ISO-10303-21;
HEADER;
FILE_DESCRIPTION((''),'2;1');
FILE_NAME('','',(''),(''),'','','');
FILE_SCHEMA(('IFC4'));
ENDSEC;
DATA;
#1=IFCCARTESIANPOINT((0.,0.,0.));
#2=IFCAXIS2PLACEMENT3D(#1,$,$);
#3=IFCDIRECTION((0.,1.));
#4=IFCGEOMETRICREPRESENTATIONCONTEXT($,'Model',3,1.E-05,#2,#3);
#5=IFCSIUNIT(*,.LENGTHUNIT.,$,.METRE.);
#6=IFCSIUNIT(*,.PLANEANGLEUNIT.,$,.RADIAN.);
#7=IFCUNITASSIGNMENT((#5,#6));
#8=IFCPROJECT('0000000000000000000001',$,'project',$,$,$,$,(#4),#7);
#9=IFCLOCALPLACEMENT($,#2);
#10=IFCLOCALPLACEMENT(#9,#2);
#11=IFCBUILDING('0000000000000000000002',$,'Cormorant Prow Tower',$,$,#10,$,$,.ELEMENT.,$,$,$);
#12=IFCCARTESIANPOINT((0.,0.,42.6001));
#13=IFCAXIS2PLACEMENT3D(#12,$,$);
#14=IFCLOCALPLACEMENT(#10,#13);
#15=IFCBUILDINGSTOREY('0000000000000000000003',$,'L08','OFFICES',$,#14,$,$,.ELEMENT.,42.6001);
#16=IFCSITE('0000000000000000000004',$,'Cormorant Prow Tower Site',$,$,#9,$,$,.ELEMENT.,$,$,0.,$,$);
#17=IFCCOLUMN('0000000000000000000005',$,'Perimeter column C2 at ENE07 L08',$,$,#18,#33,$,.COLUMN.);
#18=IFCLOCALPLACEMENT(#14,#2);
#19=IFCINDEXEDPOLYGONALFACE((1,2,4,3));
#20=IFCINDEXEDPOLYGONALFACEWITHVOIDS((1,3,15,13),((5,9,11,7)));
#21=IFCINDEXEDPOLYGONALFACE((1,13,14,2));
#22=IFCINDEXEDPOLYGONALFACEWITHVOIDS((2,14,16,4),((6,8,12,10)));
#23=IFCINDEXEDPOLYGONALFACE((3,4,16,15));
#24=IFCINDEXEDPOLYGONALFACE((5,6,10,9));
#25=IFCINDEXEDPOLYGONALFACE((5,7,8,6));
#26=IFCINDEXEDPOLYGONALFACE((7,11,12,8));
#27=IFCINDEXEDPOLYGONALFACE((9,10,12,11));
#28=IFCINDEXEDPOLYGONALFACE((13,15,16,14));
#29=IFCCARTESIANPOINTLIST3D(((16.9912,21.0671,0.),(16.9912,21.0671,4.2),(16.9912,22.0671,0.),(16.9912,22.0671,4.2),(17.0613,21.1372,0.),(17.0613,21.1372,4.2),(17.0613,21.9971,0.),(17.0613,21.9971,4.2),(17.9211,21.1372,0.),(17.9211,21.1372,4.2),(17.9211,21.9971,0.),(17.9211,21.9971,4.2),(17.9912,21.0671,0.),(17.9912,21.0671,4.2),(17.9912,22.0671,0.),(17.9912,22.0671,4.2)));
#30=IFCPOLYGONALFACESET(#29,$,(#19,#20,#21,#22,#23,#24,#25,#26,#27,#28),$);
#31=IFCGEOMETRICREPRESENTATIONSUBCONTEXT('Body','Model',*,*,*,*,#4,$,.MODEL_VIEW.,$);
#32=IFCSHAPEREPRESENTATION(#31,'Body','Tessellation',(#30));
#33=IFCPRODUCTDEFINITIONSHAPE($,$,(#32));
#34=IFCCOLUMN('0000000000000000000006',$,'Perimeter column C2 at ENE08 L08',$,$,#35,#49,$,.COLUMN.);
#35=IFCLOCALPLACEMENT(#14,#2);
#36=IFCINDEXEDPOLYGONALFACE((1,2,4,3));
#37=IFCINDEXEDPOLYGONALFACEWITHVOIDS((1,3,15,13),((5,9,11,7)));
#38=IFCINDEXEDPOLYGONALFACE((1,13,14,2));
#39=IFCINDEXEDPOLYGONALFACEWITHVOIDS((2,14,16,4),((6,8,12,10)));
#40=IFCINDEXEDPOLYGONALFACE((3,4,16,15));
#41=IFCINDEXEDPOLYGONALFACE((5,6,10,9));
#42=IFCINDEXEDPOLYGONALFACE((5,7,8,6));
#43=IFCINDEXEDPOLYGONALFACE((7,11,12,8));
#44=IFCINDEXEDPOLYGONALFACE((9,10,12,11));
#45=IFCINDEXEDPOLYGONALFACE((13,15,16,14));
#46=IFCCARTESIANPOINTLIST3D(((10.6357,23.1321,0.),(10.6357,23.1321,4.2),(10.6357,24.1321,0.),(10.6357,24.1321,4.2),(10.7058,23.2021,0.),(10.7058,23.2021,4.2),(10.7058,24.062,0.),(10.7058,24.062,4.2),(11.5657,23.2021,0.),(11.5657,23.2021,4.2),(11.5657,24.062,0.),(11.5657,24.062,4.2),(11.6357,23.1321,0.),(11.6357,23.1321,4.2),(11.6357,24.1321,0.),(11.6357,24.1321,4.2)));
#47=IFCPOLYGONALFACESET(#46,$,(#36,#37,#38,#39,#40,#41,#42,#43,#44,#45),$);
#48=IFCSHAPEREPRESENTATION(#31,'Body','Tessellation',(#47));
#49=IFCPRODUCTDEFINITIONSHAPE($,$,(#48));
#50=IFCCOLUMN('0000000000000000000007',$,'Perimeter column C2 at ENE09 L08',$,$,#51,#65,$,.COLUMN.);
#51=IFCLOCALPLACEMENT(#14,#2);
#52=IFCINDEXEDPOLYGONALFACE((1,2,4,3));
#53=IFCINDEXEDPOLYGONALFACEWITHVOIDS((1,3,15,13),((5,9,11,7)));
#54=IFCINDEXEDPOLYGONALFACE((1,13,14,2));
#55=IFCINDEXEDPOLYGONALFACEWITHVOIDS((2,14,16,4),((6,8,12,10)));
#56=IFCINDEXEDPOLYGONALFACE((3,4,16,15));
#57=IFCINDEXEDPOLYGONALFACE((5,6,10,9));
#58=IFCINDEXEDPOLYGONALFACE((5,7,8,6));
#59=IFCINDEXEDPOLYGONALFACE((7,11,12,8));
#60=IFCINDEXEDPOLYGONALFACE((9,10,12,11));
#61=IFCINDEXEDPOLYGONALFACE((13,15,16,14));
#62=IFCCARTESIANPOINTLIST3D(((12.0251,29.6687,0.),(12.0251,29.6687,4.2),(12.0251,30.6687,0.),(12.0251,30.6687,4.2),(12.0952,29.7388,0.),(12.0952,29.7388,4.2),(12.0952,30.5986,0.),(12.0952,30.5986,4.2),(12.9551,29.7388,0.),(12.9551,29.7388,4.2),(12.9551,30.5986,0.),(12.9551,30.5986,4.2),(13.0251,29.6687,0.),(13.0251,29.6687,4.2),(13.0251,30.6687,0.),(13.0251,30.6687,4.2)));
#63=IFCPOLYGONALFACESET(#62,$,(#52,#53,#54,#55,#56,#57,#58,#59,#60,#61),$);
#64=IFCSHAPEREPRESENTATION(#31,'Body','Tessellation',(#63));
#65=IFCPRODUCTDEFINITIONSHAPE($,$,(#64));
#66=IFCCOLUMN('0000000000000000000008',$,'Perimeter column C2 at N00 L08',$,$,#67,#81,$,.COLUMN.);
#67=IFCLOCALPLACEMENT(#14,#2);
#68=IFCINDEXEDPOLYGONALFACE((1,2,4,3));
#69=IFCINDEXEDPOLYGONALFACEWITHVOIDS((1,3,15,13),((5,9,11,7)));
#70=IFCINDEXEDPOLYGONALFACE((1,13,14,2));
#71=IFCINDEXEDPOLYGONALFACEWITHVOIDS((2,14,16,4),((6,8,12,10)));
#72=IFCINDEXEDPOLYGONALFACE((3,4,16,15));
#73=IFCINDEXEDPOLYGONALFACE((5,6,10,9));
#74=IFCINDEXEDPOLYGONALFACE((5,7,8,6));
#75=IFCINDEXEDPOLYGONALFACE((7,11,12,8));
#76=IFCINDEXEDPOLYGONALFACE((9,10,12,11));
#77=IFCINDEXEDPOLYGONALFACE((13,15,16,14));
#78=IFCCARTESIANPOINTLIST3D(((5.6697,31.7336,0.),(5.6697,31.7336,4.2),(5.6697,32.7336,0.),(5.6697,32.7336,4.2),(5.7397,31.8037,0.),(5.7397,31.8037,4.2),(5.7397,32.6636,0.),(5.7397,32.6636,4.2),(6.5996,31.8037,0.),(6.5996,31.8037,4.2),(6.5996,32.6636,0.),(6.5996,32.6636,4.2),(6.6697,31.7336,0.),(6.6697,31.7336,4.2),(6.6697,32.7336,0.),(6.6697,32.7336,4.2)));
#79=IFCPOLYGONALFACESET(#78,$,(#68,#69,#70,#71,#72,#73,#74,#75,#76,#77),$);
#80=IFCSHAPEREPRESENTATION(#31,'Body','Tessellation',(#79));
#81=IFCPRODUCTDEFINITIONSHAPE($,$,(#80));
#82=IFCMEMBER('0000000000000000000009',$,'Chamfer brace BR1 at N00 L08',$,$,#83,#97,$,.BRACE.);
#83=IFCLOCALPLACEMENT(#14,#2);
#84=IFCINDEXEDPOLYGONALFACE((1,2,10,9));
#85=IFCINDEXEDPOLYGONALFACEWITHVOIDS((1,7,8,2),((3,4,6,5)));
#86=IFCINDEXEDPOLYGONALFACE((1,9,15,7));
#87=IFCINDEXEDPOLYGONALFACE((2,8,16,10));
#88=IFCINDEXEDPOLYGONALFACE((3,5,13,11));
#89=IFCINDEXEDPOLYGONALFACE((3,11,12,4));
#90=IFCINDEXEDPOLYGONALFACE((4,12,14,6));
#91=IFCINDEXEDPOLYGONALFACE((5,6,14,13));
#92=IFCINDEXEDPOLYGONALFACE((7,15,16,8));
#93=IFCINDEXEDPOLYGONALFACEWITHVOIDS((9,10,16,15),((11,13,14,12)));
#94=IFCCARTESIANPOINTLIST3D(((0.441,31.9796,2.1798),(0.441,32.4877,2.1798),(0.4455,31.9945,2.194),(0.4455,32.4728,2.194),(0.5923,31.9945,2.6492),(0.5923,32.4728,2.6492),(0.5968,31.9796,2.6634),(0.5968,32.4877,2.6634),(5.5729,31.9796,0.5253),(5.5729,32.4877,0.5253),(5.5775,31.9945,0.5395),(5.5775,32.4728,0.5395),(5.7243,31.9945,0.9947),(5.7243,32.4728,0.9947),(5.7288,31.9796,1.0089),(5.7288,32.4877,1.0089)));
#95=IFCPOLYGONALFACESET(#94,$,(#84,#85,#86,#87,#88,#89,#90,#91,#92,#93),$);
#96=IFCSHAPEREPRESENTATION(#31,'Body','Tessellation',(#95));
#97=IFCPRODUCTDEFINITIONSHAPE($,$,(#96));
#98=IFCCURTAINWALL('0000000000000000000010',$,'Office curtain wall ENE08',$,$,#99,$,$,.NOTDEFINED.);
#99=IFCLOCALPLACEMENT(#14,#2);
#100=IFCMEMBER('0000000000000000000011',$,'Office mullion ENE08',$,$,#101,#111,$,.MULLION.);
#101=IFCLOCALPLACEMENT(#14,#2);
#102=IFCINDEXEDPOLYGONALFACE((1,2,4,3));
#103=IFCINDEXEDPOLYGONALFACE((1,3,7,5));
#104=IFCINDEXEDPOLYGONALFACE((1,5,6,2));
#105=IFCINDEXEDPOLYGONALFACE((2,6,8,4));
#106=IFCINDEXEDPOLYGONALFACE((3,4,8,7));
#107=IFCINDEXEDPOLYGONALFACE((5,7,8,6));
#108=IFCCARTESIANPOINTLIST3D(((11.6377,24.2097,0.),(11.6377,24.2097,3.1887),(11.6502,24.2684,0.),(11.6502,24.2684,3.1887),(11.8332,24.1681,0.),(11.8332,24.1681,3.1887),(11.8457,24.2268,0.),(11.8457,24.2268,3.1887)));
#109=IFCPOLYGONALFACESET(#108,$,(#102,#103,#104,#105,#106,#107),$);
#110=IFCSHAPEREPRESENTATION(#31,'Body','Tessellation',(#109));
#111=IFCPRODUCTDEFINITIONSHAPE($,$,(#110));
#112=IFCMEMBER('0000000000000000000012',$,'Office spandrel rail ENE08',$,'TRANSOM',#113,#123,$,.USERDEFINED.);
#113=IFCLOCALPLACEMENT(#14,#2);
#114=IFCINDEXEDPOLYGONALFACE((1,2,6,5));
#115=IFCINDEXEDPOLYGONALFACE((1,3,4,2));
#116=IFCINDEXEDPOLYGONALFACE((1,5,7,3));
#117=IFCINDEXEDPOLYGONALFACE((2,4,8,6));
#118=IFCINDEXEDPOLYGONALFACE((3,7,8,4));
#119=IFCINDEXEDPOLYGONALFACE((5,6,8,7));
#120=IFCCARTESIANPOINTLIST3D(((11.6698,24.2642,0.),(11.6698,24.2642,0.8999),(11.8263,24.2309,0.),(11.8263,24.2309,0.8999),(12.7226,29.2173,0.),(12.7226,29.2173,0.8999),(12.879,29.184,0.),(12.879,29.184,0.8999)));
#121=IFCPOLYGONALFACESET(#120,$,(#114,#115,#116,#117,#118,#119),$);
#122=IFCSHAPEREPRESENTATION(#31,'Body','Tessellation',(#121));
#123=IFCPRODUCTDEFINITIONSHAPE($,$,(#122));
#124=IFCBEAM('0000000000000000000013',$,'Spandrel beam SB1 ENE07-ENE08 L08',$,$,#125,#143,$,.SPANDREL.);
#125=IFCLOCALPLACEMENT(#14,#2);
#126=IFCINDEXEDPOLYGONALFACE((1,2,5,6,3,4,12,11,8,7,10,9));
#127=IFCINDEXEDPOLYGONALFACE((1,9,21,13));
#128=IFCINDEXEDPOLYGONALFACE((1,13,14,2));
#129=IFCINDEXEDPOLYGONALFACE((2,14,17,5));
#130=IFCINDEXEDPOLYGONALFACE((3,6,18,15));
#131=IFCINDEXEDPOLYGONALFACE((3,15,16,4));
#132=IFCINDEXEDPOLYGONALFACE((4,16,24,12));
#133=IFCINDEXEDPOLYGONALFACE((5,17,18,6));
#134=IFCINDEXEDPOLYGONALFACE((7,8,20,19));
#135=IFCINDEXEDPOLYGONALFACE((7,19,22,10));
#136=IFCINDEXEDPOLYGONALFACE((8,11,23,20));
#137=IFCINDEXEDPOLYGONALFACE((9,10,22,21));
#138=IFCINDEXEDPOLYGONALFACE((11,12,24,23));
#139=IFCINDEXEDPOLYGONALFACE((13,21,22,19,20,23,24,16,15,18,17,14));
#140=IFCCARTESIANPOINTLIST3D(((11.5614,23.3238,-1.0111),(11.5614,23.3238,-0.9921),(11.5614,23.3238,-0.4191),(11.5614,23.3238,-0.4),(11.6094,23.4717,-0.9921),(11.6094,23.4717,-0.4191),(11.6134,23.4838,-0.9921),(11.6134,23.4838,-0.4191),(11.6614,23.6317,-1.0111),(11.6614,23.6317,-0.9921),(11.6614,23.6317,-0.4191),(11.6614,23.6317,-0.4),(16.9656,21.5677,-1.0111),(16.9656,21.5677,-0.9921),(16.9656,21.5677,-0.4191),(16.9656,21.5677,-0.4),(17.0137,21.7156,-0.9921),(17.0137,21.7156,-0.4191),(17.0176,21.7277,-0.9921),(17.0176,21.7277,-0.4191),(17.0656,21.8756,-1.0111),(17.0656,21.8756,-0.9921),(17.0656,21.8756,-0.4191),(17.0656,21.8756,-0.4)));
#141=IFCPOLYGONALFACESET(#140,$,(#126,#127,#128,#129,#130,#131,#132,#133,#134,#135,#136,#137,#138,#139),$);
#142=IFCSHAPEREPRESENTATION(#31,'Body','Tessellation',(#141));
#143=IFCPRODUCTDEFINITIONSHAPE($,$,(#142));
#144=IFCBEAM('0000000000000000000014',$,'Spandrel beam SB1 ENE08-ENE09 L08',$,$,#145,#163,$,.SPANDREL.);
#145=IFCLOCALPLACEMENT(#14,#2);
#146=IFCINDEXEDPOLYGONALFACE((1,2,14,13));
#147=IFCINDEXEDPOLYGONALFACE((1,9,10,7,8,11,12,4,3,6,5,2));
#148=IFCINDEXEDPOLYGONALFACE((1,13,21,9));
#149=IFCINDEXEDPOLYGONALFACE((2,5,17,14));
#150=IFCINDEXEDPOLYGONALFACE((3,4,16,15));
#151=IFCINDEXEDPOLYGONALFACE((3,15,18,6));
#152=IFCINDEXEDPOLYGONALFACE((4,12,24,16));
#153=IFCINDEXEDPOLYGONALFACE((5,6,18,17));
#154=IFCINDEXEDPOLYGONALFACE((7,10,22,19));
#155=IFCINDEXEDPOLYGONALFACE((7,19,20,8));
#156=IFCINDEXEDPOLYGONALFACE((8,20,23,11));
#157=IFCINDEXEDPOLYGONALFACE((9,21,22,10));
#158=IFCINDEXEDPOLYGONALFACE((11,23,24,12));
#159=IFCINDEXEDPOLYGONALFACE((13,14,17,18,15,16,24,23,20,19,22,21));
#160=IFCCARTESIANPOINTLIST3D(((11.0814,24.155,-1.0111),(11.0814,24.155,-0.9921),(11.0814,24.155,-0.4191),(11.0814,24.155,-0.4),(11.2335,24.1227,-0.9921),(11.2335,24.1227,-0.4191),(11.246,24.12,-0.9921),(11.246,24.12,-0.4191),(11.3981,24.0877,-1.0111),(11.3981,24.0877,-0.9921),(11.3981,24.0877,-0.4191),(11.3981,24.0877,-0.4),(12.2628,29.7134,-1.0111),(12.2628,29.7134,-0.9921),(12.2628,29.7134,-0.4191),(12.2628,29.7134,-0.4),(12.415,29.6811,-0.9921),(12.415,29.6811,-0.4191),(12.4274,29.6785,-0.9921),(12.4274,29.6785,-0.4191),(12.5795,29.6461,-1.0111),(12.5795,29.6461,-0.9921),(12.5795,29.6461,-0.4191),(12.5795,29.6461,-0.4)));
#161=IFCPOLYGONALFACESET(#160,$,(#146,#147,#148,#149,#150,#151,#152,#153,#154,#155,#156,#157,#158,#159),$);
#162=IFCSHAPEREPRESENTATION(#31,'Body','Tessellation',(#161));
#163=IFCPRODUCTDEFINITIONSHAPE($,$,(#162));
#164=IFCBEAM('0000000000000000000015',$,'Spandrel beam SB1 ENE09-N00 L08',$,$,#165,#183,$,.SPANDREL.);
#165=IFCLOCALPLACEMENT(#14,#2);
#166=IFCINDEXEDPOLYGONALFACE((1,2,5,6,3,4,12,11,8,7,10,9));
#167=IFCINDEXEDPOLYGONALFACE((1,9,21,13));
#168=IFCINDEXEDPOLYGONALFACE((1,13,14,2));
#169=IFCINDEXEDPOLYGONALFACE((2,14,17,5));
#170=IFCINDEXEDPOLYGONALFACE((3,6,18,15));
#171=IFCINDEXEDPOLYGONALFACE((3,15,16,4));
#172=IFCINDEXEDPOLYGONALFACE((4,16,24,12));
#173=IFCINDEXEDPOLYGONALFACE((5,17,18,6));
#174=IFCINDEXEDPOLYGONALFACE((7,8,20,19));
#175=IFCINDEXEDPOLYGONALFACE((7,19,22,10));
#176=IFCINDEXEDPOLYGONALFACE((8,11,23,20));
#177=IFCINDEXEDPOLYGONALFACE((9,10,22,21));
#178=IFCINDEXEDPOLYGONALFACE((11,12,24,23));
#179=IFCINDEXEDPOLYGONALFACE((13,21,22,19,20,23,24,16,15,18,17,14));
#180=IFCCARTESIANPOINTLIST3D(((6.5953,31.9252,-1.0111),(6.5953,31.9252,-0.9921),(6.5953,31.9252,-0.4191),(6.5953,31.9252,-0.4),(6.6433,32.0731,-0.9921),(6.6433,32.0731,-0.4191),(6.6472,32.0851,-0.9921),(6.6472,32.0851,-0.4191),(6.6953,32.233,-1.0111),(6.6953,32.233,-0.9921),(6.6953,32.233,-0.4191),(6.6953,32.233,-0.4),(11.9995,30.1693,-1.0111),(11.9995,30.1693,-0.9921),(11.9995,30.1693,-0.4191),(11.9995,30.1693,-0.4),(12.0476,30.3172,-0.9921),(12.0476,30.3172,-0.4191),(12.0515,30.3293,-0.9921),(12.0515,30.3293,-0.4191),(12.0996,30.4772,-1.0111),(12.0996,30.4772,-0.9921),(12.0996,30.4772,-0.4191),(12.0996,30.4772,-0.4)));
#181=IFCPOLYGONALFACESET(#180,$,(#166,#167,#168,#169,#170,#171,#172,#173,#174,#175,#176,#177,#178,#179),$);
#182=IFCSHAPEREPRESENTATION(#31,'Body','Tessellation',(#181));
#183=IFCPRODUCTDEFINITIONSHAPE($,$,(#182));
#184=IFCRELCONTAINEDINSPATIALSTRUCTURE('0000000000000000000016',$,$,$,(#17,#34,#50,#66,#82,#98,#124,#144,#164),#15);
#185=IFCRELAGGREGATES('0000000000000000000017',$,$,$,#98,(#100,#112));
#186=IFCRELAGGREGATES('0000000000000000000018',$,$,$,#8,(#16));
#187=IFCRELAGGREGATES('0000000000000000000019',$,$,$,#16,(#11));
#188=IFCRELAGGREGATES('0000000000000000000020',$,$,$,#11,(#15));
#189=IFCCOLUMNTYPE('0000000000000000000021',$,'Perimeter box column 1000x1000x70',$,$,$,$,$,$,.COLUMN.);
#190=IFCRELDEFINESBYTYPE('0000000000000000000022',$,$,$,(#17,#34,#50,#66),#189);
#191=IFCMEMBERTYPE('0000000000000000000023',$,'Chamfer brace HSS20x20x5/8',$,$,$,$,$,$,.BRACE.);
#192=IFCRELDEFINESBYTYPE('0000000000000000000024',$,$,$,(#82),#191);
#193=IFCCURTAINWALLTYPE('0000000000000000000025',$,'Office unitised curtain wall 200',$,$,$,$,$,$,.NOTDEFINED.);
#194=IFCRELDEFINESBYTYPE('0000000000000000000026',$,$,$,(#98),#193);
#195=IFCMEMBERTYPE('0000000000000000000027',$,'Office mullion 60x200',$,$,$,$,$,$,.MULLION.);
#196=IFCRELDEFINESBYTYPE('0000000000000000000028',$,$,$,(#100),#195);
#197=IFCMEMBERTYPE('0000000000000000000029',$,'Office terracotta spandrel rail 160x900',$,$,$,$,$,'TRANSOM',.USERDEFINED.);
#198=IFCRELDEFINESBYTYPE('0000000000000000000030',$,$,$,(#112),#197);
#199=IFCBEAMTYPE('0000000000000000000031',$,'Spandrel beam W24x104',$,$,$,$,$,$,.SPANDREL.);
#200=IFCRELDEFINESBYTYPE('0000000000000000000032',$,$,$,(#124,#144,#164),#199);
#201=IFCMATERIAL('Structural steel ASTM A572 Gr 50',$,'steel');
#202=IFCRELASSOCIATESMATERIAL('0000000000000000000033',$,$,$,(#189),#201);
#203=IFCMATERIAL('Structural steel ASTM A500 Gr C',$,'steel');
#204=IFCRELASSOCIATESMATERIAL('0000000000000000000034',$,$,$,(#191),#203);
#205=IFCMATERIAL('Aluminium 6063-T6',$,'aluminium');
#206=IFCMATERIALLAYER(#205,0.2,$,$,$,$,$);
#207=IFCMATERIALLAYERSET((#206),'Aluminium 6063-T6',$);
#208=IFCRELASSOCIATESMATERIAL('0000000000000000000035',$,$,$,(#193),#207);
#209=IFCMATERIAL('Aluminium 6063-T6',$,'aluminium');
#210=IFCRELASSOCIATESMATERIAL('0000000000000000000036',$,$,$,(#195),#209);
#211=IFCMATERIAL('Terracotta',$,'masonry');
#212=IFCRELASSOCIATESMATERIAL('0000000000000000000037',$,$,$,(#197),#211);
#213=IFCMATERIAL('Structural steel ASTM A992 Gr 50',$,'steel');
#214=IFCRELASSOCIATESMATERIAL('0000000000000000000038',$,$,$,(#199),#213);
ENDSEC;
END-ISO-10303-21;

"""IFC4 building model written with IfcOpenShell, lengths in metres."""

from ifc_helpers import new_model, si_unit, direction, frame, origin, origin_2d, place, context, subcontext, project, spatial, rectangle, hollow_rectangle, i_section, extrude, material, layer, layer_set, material_profile, profile_set, type_object, element, aggregate, save


model = new_model("IFC4")

# Units and contexts
model_context = context("Model", 3, precision=1e-05, world=origin(), true_north=direction((0.0, 1.0)))
body_context = subcontext(model_context, "Body", "Model", "MODEL_VIEW")
ifc_project = project(units=[si_unit("LENGTHUNIT", "METRE"), si_unit("PLANEANGLEUNIT", "RADIAN")], contexts=[model_context])

# Site, building, storey
site_placement = place(None, origin())
site = spatial("IfcSite", under=ifc_project, at=site_placement, Name="Cormorant Prow Tower Site", CompositionType="ELEMENT", RefElevation=0.0)
building_placement = place(site_placement, origin())
building = spatial("IfcBuilding", under=site, at=building_placement, Name="Cormorant Prow Tower", CompositionType="ELEMENT")
storey_placement = place(building_placement, frame((0.0, 0.0, 42.6001)))
storey = spatial("IfcBuildingStorey", under=building, at=storey_placement, Name="L08", Description="OFFICES", CompositionType="ELEMENT", Elevation=42.6001)

# Columns
ifc_material_1 = material(Name="Structural steel ASTM A572 Gr 50", Category="steel")
ifc_material_profile_1 = material_profile(ifc_material_1, hollow_rectangle(XDim=1.0, YDim=1.0, WallThickness=0.0701, at=origin_2d()), Name="Box 1000x1000x70")
ifc_profile_set_1 = profile_set([ifc_material_profile_1], Name="Structural steel ASTM A572 Gr 50")
column_type = type_object("IfcColumnType", Name="Perimeter box column 1000x1000x70", PredefinedType="COLUMN", material=ifc_profile_set_1)
for number, where, z_axis, x_axis, name in (
    (1, (17.4912, 21.5671, 0.0), (0.0, 0.0, 1.0), (1.0, 0.0, 0.0), "Perimeter column C2 at ENE07 L08"),
    (2, (11.1357, 23.6321, 0.0), (0.0, 0.0, 1.0), (1.0, 0.0, 0.0), "Perimeter column C2 at ENE08 L08"),
    (3, (12.5251, 30.1687, 0.0), (0.0, 0.0, 1.0), (1.0, 0.0, 0.0), "Perimeter column C2 at ENE09 L08"),
    (4, (6.1697, 32.2336, 0.0), (0.0, 0.0, 1.0), (1.0, 0.0, 0.0), "Perimeter column C2 at N00 L08"),
):
    element("IfcColumn", number, at=place(storey_placement, frame(where, z_axis=z_axis, x_axis=x_axis)), inside=storey, type_object=column_type, Name=name, PredefinedType="COLUMN", context=body_context, shape_type="SweptSolid", body=[
        extrude(hollow_rectangle(XDim=1.0, YDim=1.0, WallThickness=0.0701, at=origin_2d()), origin(), (0.0, 0.0, 1.0), 4.2),
    ])

# Member
ifc_material_2 = material(Name="Structural steel ASTM A500 Gr C", Category="steel")
ifc_material_profile_2 = material_profile(ifc_material_2, hollow_rectangle(XDim=0.5081, YDim=0.5081, WallThickness=0.0149, at=origin_2d()), Name="HSS20x20x5/8")
ifc_profile_set_2 = profile_set([ifc_material_profile_2], Name="Structural steel ASTM A500 Gr C")
member_type_1 = type_object("IfcMemberType", Name="Chamfer brace HSS20x20x5/8", PredefinedType="BRACE", material=ifc_profile_set_2)
member_1_placement = place(storey_placement, frame((5.6509, 32.2336, 0.7671), z_axis=(-0.951761, 0.0, 0.30684), x_axis=(0.0, -1.0, 0.0)))
element("IfcMember", 5, at=member_1_placement, inside=storey, type_object=member_type_1, Name="Chamfer brace BR1 at N00 L08", PredefinedType="BRACE", context=body_context, shape_type="SweptSolid", body=[
    extrude(hollow_rectangle(XDim=0.5081, YDim=0.5081, WallThickness=0.0149, at=origin_2d()), origin(), (0.0, 0.0, 1.0), 5.3921),
])

# Curtain wall, members
ifc_material_3 = material(Name="Aluminium 6063-T6", Category="aluminium")
ifc_layer_1 = layer(ifc_material_3, 0.2)
ifc_layer_set_1 = layer_set([ifc_layer_1], Name="Aluminium 6063-T6")
curtain_wall_type = type_object("IfcCurtainWallType", Name="Office unitised curtain wall 200", PredefinedType="NOTDEFINED", material=ifc_layer_set_1)
curtain_wall_1_placement = place(storey_placement, origin())
curtain_wall_1 = element("IfcCurtainWall", 6, at=curtain_wall_1_placement, inside=storey, type_object=curtain_wall_type, Name="Office curtain wall ENE08", PredefinedType="NOTDEFINED")
ifc_material_4 = material(Name="Aluminium 6063-T6", Category="aluminium")
ifc_material_profile_3 = material_profile(ifc_material_4, rectangle(XDim=0.2, YDim=0.0601, at=origin_2d()), Name="Office mullion 60x200")
ifc_profile_set_3 = profile_set([ifc_material_profile_3], Name="Aluminium 6063-T6")
member_type_2 = type_object("IfcMemberType", Name="Office mullion 60x200", PredefinedType="MULLION", material=ifc_profile_set_3)
member_2_placement = place(storey_placement, frame((11.7417, 24.2183, 0.0), z_axis=(0.0, 0.0, 1.0), x_axis=(-0.978148, 0.207912, 0.0)))
member_2 = element("IfcMember", 7, at=member_2_placement, type_object=member_type_2, Name="Office mullion ENE08", PredefinedType="MULLION", context=body_context, shape_type="SweptSolid", body=[
    extrude(rectangle(XDim=0.2, YDim=0.0601, at=origin_2d()), origin(), (0.0, 0.0, 1.0), 3.1887),
])
ifc_material_5 = material(Name="Terracotta", Category="masonry")
ifc_material_profile_4 = material_profile(ifc_material_5, rectangle(XDim=0.1599, YDim=0.8999, at=origin_2d()), Name="Office terracotta spandrel rail 160x900")
ifc_profile_set_4 = profile_set([ifc_material_profile_4], Name="Terracotta")
member_type_3 = type_object("IfcMemberType", Name="Office terracotta spandrel rail 160x900", ElementType="TRANSOM", PredefinedType="USERDEFINED", material=ifc_profile_set_4)
member_3_placement = place(storey_placement, frame((11.748, 24.2476, 0.45), z_axis=(0.207896, 0.978151, 0.0), x_axis=(-0.978151, 0.207896, 0.0)))
member_3 = element("IfcMember", 8, at=member_3_placement, type_object=member_type_3, Name="Office spandrel rail ENE08", ObjectType="TRANSOM", PredefinedType="USERDEFINED", context=body_context, shape_type="SweptSolid", body=[
    extrude(rectangle(XDim=0.1599, YDim=0.8999, at=origin_2d()), origin(), (0.0, 0.0, 1.0), 5.0637),
])

# Beams
ifc_material_6 = material(Name="Structural steel ASTM A992 Gr 50", Category="steel")
ifc_material_profile_5 = material_profile(ifc_material_6, i_section(OverallWidth=0.3237, OverallDepth=0.6111, WebThickness=0.0127, FlangeThickness=0.019, at=origin_2d()), Name="W24x104")
ifc_profile_set_5 = profile_set([ifc_material_profile_5], Name="Structural steel ASTM A992 Gr 50")
beam_type = type_object("IfcBeamType", Name="Spandrel beam W24x104", PredefinedType="SPANDREL", material=ifc_profile_set_5)
beam_1_placement = place(storey_placement, frame((17.0156, 21.7217, -0.7056), z_axis=(-0.951049, 0.309039, 0.0), x_axis=(-0.309039, -0.951049, 0.0)))
element("IfcBeam", 9, at=beam_1_placement, inside=storey, type_object=beam_type, Name="Spandrel beam SB1 ENE07-ENE08 L08", PredefinedType="SPANDREL", context=body_context, shape_type="SweptSolid", body=[
    extrude(i_section(OverallWidth=0.3237, OverallDepth=0.6111, WebThickness=0.0127, FlangeThickness=0.019, at=origin_2d()), origin(), (0.0, 0.0, 1.0), 5.6824),
])
beam_2_placement = place(storey_placement, frame((11.2397, 24.1213, -0.7056), z_axis=(0.2079, 0.97815, 0.0), x_axis=(-0.97815, 0.2079, 0.0)))
element("IfcBeam", 10, at=beam_2_placement, inside=storey, type_object=beam_type, Name="Spandrel beam SB1 ENE08-ENE09 L08", PredefinedType="SPANDREL", context=body_context, shape_type="SweptSolid", body=[
    extrude(i_section(OverallWidth=0.3237, OverallDepth=0.6111, WebThickness=0.0127, FlangeThickness=0.019, at=origin_2d()), origin(), (0.0, 0.0, 1.0), 5.6826),
])
beam_3_placement = place(storey_placement, frame((12.0496, 30.3232, -0.7056), z_axis=(-0.951062, 0.309001, 0.0), x_axis=(-0.309001, -0.951062, 0.0)))
element("IfcBeam", 11, at=beam_3_placement, inside=storey, type_object=beam_type, Name="Spandrel beam SB1 ENE09-N00 L08", PredefinedType="SPANDREL", context=body_context, shape_type="SweptSolid", body=[
    extrude(i_section(OverallWidth=0.3237, OverallDepth=0.6111, WebThickness=0.0127, FlangeThickness=0.019, at=origin_2d()), origin(), (0.0, 0.0, 1.0), 5.6824),
])

aggregate(curtain_wall_1, [member_2, member_3])

save(model, "model.ifc")
